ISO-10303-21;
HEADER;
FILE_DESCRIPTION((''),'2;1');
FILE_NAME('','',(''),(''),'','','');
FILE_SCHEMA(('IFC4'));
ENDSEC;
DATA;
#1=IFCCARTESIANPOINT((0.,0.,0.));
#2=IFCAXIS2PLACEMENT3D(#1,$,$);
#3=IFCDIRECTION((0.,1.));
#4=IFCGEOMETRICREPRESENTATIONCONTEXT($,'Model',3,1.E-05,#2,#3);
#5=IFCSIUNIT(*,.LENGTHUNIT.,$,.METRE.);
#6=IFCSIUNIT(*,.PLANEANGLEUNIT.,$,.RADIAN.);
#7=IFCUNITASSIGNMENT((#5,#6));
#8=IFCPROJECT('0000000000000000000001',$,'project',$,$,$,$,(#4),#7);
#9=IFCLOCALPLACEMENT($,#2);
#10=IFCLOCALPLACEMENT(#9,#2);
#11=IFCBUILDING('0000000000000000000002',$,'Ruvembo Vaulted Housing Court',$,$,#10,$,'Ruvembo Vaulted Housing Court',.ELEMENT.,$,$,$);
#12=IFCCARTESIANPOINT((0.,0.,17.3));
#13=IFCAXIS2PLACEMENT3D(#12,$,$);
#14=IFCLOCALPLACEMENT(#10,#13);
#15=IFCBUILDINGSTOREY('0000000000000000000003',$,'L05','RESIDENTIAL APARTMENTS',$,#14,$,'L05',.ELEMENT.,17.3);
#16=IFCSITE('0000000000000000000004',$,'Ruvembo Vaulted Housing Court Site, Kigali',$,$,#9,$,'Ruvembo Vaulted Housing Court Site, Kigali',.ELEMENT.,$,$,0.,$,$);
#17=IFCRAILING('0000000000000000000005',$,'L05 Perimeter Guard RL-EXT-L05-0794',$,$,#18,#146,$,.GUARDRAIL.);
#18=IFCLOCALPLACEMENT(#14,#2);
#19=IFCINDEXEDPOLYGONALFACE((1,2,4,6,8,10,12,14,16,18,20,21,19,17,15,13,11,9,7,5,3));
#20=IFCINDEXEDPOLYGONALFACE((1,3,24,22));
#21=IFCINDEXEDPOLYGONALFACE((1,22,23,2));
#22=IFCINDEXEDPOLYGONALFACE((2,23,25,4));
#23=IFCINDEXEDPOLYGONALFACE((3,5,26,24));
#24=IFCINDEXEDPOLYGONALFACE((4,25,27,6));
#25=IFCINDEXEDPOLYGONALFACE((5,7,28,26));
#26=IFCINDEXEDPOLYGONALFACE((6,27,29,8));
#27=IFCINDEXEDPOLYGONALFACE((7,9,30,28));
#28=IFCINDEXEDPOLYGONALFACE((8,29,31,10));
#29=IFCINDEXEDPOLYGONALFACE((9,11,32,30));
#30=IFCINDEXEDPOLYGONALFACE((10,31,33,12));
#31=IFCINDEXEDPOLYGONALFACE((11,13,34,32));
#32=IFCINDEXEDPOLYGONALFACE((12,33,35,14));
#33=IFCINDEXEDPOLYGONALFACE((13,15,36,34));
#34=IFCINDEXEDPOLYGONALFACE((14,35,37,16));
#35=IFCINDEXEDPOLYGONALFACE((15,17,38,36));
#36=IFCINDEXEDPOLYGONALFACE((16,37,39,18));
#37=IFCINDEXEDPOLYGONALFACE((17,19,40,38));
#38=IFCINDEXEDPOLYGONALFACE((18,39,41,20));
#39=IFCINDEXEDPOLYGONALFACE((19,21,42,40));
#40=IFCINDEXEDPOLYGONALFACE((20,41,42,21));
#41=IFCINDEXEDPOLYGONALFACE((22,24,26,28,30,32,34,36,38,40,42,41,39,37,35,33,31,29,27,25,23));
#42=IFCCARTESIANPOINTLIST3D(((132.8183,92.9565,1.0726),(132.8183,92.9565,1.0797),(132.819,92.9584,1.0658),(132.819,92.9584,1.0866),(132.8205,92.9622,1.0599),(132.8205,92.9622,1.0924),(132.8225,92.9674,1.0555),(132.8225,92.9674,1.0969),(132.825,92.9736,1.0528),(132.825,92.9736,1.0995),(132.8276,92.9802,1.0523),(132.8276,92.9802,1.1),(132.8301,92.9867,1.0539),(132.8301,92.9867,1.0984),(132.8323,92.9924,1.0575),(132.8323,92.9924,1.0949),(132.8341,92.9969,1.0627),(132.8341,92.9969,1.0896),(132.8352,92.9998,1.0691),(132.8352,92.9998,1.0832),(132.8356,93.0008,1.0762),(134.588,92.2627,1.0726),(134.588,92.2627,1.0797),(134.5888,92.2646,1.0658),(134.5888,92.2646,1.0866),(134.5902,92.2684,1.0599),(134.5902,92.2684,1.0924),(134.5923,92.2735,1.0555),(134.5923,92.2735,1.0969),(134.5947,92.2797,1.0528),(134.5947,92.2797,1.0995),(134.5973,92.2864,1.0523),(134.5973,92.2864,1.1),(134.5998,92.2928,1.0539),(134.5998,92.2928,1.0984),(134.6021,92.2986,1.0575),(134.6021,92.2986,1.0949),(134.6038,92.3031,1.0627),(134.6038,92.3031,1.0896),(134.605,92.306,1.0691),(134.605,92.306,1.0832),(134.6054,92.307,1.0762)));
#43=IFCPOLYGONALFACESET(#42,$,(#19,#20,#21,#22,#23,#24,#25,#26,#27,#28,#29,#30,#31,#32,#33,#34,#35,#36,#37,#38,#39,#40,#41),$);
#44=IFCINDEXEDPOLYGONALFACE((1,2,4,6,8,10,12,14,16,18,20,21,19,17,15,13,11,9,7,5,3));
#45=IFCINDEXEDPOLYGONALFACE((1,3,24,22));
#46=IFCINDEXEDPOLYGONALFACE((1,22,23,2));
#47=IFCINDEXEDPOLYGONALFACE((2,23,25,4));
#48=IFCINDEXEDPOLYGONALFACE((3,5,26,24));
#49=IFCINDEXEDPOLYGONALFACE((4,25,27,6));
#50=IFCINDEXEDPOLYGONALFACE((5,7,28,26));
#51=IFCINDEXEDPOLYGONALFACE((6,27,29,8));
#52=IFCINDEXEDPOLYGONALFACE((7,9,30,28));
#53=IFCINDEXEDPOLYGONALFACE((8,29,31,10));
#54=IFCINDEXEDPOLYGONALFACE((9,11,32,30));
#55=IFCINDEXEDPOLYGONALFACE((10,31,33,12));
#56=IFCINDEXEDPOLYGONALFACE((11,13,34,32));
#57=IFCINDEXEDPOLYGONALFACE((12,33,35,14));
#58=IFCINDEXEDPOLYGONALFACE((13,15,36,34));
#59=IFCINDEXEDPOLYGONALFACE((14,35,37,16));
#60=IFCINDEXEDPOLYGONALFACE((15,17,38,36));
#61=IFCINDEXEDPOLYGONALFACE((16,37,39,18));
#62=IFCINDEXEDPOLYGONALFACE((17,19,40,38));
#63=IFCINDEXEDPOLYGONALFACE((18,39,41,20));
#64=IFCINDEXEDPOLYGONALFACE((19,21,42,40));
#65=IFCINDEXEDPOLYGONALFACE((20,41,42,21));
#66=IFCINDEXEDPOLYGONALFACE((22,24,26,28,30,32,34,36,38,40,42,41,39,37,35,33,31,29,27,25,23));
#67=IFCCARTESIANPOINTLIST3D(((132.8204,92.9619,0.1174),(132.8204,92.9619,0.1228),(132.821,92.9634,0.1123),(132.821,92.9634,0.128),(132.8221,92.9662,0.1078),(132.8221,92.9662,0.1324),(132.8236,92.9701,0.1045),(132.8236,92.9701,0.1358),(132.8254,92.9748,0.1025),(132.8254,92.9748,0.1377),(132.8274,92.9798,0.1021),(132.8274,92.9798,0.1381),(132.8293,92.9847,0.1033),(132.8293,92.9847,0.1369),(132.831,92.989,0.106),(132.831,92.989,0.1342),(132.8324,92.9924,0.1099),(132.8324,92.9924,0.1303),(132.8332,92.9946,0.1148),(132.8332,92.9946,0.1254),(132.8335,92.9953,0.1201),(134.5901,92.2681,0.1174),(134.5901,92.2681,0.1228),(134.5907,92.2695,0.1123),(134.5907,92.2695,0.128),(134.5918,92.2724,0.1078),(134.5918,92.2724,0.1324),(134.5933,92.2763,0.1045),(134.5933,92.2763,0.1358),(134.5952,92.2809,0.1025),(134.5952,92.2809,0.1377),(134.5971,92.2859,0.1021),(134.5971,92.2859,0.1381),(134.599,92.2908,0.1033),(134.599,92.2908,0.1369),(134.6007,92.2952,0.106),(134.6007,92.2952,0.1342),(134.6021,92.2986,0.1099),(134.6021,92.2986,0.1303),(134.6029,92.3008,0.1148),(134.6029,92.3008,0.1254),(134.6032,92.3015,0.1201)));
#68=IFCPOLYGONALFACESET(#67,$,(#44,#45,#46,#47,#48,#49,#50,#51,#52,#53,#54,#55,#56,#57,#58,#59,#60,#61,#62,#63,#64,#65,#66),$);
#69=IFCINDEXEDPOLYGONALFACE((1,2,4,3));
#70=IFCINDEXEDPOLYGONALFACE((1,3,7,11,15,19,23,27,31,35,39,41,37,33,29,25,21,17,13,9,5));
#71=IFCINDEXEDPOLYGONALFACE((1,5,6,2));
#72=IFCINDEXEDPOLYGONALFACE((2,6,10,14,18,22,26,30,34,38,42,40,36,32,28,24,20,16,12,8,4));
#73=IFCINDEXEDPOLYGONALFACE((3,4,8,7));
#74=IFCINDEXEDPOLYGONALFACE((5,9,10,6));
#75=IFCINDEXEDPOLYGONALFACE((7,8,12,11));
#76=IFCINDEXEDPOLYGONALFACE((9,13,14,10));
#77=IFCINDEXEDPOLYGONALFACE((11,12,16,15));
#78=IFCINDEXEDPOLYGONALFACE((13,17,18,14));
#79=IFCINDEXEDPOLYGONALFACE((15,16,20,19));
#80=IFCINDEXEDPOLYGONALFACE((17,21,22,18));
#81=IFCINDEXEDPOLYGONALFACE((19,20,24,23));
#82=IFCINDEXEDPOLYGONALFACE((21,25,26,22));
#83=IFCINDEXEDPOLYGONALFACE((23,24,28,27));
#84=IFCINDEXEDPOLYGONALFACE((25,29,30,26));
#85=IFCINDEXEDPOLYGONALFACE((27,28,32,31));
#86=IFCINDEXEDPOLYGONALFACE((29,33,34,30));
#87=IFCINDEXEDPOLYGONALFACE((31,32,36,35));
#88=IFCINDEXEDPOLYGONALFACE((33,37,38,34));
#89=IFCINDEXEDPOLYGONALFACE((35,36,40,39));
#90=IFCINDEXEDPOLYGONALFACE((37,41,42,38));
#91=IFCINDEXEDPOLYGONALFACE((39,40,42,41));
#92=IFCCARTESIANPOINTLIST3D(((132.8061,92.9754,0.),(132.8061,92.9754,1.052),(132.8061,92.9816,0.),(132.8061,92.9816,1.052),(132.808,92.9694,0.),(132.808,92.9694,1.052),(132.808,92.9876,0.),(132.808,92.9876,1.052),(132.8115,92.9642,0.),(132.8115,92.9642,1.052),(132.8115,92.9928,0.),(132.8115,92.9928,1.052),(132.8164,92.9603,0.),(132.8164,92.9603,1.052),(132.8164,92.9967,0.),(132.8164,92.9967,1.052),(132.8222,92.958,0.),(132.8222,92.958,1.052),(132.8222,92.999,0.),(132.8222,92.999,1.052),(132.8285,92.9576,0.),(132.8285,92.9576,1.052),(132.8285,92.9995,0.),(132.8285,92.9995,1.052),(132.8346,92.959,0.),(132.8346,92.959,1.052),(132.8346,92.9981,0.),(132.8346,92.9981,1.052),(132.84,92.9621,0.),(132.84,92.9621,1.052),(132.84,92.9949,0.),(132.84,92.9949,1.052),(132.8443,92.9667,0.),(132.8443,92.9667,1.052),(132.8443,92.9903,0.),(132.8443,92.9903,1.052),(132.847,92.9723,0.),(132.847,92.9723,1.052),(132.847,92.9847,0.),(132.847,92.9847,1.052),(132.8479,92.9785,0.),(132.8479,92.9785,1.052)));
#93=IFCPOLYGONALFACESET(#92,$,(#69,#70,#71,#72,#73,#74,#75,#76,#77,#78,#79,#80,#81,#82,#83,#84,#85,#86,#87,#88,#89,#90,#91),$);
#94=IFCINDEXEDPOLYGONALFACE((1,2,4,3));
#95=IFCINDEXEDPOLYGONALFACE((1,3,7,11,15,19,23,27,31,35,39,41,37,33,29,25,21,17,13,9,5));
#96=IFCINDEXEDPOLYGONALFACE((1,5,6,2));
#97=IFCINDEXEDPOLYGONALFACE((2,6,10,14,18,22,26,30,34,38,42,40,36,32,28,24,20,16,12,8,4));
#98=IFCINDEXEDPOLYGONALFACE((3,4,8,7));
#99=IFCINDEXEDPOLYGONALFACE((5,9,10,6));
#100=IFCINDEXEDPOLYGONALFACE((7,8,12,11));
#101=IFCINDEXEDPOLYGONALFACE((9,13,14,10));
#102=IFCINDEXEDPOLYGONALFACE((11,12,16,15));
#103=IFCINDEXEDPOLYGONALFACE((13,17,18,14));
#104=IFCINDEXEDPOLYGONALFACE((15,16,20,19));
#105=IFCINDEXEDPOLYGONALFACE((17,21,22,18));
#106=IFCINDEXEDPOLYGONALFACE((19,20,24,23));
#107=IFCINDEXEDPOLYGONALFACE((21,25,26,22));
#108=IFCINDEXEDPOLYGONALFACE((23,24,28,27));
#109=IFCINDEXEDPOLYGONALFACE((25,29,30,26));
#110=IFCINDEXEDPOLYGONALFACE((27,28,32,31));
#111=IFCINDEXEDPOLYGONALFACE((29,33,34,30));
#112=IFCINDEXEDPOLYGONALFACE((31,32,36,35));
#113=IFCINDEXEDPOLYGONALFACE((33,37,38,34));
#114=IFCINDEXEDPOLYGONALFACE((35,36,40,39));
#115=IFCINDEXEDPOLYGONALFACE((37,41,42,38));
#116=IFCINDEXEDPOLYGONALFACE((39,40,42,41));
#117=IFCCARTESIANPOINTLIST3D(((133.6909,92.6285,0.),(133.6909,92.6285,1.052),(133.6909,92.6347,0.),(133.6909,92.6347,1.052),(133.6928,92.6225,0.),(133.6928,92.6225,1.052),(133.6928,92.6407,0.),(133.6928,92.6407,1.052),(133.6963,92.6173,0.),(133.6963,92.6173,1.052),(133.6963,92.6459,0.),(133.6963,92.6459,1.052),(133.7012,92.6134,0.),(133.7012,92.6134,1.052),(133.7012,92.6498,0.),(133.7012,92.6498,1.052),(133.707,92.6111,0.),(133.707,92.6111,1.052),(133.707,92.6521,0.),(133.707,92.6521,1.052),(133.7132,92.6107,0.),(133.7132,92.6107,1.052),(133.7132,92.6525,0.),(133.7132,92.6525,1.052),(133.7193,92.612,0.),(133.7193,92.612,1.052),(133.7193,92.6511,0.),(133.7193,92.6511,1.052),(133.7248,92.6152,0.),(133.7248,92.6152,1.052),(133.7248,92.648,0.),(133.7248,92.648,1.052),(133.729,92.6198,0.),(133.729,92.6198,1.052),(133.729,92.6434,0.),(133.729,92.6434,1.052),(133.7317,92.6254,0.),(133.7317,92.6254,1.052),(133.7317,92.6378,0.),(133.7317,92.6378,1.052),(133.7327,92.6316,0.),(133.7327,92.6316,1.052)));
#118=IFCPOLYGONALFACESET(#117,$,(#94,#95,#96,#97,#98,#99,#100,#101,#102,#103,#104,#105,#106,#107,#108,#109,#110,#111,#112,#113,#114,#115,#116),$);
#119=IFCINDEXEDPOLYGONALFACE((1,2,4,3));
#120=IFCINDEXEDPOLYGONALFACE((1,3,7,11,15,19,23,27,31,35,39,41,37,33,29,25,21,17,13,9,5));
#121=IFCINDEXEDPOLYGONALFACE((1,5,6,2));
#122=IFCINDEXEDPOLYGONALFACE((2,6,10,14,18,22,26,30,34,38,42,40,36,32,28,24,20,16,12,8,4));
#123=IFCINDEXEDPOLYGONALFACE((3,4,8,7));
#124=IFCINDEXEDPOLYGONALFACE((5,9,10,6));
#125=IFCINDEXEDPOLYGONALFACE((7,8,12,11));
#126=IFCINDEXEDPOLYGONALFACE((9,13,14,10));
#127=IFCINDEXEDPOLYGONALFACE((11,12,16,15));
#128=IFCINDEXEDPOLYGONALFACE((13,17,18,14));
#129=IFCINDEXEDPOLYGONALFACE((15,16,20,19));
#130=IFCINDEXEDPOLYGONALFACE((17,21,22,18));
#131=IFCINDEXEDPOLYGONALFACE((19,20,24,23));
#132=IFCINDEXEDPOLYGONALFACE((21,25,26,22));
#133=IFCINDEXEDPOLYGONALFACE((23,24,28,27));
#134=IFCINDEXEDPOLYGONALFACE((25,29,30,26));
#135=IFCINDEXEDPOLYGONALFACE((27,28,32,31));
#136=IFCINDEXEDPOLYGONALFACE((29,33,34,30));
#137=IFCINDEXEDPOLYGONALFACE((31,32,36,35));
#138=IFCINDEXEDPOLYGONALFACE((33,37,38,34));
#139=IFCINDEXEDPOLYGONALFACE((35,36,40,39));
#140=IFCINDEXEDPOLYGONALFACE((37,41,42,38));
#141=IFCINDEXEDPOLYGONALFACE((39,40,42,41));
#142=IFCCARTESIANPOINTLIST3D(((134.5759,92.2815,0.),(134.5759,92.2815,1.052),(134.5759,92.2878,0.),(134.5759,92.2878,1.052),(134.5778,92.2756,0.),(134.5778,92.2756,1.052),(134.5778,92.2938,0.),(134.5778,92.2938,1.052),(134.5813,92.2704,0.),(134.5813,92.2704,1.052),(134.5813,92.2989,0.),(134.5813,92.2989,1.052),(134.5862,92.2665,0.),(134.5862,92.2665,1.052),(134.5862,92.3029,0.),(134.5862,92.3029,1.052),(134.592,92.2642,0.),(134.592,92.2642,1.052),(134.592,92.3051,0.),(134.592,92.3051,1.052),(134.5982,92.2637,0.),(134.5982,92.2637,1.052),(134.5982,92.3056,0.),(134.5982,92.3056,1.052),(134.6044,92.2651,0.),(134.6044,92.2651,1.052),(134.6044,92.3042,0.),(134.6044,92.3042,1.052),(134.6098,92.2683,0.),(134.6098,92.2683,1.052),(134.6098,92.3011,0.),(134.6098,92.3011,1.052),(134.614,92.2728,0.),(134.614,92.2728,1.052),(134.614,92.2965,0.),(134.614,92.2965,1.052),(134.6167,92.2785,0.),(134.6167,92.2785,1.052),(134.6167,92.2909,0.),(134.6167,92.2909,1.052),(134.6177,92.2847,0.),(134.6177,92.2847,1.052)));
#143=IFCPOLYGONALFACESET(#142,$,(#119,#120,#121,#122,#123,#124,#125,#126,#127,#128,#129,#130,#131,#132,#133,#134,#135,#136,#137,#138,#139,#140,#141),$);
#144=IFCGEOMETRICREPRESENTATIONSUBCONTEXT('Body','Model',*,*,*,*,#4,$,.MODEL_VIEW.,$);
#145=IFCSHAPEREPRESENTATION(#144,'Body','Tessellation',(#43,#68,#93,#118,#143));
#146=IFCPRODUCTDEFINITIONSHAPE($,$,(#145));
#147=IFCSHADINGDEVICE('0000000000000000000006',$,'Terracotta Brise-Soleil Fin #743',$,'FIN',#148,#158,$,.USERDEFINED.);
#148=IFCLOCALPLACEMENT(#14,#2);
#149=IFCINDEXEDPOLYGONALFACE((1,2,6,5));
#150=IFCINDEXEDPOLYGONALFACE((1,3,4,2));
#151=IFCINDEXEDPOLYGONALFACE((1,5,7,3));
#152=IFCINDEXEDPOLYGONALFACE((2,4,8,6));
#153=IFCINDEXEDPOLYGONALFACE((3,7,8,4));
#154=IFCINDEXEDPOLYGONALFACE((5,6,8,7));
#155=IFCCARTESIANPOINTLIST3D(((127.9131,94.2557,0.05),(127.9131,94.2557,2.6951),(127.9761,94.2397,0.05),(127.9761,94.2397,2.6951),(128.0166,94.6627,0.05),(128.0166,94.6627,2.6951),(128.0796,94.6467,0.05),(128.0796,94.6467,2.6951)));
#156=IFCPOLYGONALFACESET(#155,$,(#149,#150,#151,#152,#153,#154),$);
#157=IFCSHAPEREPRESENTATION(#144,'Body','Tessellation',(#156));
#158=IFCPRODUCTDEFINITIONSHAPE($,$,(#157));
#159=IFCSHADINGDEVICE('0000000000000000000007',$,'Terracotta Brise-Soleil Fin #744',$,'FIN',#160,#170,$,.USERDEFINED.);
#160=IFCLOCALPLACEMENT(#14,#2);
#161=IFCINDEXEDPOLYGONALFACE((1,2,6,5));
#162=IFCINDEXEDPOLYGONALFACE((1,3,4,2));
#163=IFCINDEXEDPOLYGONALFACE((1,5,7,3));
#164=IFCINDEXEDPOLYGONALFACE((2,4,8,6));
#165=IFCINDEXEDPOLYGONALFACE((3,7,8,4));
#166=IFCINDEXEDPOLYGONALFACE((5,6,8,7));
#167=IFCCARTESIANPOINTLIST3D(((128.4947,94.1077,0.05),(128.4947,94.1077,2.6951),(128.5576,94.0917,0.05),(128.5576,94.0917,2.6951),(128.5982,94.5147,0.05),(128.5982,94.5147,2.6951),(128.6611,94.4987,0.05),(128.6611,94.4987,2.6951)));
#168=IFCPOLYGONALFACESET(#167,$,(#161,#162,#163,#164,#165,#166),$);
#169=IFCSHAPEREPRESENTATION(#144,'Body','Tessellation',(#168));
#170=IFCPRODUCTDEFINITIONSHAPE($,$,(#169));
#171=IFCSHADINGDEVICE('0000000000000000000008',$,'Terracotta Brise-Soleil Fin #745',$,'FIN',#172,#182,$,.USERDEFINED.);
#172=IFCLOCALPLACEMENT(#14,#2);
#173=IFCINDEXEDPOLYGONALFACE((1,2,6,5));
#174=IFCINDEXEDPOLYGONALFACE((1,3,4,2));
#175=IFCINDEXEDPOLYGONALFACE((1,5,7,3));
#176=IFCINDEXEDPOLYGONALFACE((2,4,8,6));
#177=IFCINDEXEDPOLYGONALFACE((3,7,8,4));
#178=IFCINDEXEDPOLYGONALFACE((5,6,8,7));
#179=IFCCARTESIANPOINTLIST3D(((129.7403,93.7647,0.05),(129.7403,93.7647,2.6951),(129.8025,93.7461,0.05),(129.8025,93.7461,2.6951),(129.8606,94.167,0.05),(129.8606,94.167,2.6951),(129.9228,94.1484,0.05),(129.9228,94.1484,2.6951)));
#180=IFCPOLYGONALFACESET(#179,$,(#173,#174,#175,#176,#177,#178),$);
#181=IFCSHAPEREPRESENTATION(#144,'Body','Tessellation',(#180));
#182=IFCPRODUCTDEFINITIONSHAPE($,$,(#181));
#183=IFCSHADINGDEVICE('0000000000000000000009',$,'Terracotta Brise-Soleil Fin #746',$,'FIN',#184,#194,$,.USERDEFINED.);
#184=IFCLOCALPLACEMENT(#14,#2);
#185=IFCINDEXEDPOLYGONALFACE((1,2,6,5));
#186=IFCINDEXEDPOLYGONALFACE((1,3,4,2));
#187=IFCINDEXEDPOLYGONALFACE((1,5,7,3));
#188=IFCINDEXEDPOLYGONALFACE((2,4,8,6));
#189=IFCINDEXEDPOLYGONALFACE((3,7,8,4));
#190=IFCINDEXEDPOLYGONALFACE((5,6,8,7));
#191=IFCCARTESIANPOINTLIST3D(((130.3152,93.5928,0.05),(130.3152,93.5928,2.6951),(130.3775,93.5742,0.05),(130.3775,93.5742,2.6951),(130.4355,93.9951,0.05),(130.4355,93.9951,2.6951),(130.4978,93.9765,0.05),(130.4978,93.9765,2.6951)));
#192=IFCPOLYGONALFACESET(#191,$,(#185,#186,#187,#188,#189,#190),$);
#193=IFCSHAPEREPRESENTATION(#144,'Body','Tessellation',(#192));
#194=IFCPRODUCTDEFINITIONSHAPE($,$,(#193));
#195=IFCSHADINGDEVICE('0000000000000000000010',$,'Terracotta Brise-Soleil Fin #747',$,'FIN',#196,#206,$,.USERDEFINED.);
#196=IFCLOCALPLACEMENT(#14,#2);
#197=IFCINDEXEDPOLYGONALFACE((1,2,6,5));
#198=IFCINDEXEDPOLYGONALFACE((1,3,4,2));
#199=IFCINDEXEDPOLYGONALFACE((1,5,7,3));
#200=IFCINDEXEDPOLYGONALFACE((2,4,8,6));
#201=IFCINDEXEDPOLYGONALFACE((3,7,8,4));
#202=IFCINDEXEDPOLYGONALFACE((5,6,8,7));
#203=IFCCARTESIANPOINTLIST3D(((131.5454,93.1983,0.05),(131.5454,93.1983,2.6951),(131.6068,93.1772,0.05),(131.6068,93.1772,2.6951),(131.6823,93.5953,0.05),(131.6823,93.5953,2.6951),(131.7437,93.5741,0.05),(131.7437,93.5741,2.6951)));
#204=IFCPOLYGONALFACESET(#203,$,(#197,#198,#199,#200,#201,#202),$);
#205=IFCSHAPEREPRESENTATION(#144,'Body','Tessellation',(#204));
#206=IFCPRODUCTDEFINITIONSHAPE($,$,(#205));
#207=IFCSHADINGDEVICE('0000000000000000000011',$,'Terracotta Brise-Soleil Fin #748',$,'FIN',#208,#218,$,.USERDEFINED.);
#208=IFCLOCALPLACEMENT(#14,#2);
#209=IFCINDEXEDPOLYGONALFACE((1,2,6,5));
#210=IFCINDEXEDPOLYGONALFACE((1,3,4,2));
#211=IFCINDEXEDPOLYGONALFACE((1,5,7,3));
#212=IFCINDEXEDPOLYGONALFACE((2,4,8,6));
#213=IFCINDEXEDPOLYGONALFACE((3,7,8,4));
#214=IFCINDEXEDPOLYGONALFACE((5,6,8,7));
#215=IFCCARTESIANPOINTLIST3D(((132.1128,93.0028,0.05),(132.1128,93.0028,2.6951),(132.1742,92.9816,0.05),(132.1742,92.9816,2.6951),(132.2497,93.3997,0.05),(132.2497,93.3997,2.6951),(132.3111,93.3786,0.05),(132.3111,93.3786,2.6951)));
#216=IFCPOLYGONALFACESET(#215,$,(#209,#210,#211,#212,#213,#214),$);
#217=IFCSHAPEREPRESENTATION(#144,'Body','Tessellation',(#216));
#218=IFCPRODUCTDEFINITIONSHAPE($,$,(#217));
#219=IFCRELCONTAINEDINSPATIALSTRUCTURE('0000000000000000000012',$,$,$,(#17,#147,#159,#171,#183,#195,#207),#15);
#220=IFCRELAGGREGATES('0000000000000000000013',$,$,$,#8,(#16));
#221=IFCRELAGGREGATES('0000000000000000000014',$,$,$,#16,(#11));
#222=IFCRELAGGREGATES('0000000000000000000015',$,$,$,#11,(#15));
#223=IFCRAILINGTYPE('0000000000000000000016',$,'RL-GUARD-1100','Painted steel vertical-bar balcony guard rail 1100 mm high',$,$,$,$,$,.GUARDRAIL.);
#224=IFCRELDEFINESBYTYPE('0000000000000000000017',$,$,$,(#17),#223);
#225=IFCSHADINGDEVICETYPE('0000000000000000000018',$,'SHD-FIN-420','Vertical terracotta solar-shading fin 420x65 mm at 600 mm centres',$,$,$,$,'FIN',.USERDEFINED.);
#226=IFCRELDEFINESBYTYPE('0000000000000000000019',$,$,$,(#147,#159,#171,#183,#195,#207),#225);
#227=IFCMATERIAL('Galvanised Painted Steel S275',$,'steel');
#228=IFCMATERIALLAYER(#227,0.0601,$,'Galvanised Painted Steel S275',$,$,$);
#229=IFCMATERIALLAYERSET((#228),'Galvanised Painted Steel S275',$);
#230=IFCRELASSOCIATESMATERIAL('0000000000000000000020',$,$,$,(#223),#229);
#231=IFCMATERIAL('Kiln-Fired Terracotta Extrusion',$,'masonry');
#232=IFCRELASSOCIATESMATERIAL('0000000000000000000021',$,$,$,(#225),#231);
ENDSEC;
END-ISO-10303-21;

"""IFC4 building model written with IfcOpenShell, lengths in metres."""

from ifc_helpers import new_model, si_unit, direction, frame, origin, origin_2d, place, context, subcontext, project, spatial, rectangle, circle, extrude, material, layer, layer_set, type_object, element, save


model = new_model("IFC4")

# Units and contexts
model_context = context("Model", 3, precision=1e-05, world=origin(), true_north=direction((0.0, 1.0)))
body_context = subcontext(model_context, "Body", "Model", "MODEL_VIEW")
ifc_project = project(units=[si_unit("LENGTHUNIT", "METRE"), si_unit("PLANEANGLEUNIT", "RADIAN")], contexts=[model_context])

# Site, building, storey
site_placement = place(None, origin())
site = spatial("IfcSite", under=ifc_project, at=site_placement, Name="Ruvembo Vaulted Housing Court Site, Kigali", LongName="Ruvembo Vaulted Housing Court Site, Kigali", CompositionType="ELEMENT", RefElevation=0.0)
building_placement = place(site_placement, origin())
building = spatial("IfcBuilding", under=site, at=building_placement, Name="Ruvembo Vaulted Housing Court", LongName="Ruvembo Vaulted Housing Court", CompositionType="ELEMENT")
storey_placement = place(building_placement, frame((0.0, 0.0, 17.3)))
storey = spatial("IfcBuildingStorey", under=building, at=storey_placement, Name="L05", Description="RESIDENTIAL APARTMENTS", LongName="L05", CompositionType="ELEMENT", Elevation=17.3)

# Railing
ifc_material_1 = material(Name="Galvanised Painted Steel S275", Category="steel")
ifc_layer = layer(ifc_material_1, 0.0601, Name="Galvanised Painted Steel S275")
ifc_layer_set = layer_set([ifc_layer], Name="Galvanised Painted Steel S275")
railing_type = type_object("IfcRailingType", Name="RL-GUARD-1100", Description="Painted steel vertical-bar balcony guard rail 1100 mm high", PredefinedType="GUARDRAIL", material=ifc_layer_set)
railing_1_placement = place(storey_placement, frame((132.8269, 92.9785, 0.0)))
element("IfcRailing", 1, at=railing_1_placement, inside=storey, type_object=railing_type, Name="L05 Perimeter Guard RL-EXT-L05-0794", PredefinedType="GUARDRAIL", context=body_context, shape_type="SweptSolid", body=[
    extrude(circle(Radius=0.0239, at=origin_2d()), frame((0.0, 0.0, 1.0762), z_axis=(0.931006, -0.365005, 0.0), x_axis=(0.365005, 0.931006, 0.0)), (0.0, 0.0, 1.0), 1.9009),
    extrude(circle(Radius=0.0181, at=origin_2d()), frame((0.0, 0.0, 0.1201), z_axis=(0.931006, -0.365005, 0.0), x_axis=(0.365005, 0.931006, 0.0)), (0.0, 0.0, 1.0), 1.9009),
    extrude(circle(Radius=0.021, at=origin_2d()), origin(), (0.0, 0.0, 1.0), 1.052),
    extrude(circle(Radius=0.021, at=origin_2d()), frame((0.8848, -0.3469, 0.0)), (0.0, 0.0, 1.0), 1.052),
    extrude(circle(Radius=0.021, at=origin_2d()), frame((1.7698, -0.6938, 0.0)), (0.0, 0.0, 1.0), 1.052),
])

# Shading devices
ifc_material_2 = material(Name="Kiln-Fired Terracotta Extrusion", Category="masonry")
shading_device_type = type_object("IfcShadingDeviceType", Name="SHD-FIN-420", Description="Vertical terracotta solar-shading fin 420x65 mm at 600 mm centres", ElementType="FIN", PredefinedType="USERDEFINED", material=ifc_material_2)
for number, where, z_axis, x_axis, name in (
    (2, (127.9963, 94.4512, 0.05), (0.0, 0.0, 1.0), (-0.246492, -0.969145, 0.0), "Terracotta Brise-Soleil Fin #743"),
    (3, (128.5779, 94.3032, 0.05), (0.0, 0.0, 1.0), (-0.246492, -0.969145, 0.0), "Terracotta Brise-Soleil Fin #744"),
    (4, (129.8315, 93.9565, 0.05), (0.0, 0.0, 1.0), (-0.286491, -0.958083, 0.0), "Terracotta Brise-Soleil Fin #745"),
    (5, (130.4065, 93.7847, 0.05), (0.0, 0.0, 1.0), (-0.286491, -0.958083, 0.0), "Terracotta Brise-Soleil Fin #746"),
    (6, (131.6445, 93.3862, 0.05), (0.0, 0.0, 1.0), (-0.32603, -0.945359, 0.0), "Terracotta Brise-Soleil Fin #747"),
    (7, (132.2119, 93.1907, 0.05), (0.0, 0.0, 1.0), (-0.32603, -0.945359, 0.0), "Terracotta Brise-Soleil Fin #748"),
):
    element("IfcShadingDevice", number, at=place(storey_placement, frame(where, z_axis=z_axis, x_axis=x_axis)), inside=storey, type_object=shading_device_type, Name=name, ObjectType="FIN", PredefinedType="USERDEFINED", context=body_context, shape_type="SweptSolid", body=[
        extrude(rectangle(XDim=0.4199, YDim=0.0649, at=origin_2d()), origin(), (0.0, 0.0, 1.0), 2.645),
    ])

save(model, "model.ifc")
